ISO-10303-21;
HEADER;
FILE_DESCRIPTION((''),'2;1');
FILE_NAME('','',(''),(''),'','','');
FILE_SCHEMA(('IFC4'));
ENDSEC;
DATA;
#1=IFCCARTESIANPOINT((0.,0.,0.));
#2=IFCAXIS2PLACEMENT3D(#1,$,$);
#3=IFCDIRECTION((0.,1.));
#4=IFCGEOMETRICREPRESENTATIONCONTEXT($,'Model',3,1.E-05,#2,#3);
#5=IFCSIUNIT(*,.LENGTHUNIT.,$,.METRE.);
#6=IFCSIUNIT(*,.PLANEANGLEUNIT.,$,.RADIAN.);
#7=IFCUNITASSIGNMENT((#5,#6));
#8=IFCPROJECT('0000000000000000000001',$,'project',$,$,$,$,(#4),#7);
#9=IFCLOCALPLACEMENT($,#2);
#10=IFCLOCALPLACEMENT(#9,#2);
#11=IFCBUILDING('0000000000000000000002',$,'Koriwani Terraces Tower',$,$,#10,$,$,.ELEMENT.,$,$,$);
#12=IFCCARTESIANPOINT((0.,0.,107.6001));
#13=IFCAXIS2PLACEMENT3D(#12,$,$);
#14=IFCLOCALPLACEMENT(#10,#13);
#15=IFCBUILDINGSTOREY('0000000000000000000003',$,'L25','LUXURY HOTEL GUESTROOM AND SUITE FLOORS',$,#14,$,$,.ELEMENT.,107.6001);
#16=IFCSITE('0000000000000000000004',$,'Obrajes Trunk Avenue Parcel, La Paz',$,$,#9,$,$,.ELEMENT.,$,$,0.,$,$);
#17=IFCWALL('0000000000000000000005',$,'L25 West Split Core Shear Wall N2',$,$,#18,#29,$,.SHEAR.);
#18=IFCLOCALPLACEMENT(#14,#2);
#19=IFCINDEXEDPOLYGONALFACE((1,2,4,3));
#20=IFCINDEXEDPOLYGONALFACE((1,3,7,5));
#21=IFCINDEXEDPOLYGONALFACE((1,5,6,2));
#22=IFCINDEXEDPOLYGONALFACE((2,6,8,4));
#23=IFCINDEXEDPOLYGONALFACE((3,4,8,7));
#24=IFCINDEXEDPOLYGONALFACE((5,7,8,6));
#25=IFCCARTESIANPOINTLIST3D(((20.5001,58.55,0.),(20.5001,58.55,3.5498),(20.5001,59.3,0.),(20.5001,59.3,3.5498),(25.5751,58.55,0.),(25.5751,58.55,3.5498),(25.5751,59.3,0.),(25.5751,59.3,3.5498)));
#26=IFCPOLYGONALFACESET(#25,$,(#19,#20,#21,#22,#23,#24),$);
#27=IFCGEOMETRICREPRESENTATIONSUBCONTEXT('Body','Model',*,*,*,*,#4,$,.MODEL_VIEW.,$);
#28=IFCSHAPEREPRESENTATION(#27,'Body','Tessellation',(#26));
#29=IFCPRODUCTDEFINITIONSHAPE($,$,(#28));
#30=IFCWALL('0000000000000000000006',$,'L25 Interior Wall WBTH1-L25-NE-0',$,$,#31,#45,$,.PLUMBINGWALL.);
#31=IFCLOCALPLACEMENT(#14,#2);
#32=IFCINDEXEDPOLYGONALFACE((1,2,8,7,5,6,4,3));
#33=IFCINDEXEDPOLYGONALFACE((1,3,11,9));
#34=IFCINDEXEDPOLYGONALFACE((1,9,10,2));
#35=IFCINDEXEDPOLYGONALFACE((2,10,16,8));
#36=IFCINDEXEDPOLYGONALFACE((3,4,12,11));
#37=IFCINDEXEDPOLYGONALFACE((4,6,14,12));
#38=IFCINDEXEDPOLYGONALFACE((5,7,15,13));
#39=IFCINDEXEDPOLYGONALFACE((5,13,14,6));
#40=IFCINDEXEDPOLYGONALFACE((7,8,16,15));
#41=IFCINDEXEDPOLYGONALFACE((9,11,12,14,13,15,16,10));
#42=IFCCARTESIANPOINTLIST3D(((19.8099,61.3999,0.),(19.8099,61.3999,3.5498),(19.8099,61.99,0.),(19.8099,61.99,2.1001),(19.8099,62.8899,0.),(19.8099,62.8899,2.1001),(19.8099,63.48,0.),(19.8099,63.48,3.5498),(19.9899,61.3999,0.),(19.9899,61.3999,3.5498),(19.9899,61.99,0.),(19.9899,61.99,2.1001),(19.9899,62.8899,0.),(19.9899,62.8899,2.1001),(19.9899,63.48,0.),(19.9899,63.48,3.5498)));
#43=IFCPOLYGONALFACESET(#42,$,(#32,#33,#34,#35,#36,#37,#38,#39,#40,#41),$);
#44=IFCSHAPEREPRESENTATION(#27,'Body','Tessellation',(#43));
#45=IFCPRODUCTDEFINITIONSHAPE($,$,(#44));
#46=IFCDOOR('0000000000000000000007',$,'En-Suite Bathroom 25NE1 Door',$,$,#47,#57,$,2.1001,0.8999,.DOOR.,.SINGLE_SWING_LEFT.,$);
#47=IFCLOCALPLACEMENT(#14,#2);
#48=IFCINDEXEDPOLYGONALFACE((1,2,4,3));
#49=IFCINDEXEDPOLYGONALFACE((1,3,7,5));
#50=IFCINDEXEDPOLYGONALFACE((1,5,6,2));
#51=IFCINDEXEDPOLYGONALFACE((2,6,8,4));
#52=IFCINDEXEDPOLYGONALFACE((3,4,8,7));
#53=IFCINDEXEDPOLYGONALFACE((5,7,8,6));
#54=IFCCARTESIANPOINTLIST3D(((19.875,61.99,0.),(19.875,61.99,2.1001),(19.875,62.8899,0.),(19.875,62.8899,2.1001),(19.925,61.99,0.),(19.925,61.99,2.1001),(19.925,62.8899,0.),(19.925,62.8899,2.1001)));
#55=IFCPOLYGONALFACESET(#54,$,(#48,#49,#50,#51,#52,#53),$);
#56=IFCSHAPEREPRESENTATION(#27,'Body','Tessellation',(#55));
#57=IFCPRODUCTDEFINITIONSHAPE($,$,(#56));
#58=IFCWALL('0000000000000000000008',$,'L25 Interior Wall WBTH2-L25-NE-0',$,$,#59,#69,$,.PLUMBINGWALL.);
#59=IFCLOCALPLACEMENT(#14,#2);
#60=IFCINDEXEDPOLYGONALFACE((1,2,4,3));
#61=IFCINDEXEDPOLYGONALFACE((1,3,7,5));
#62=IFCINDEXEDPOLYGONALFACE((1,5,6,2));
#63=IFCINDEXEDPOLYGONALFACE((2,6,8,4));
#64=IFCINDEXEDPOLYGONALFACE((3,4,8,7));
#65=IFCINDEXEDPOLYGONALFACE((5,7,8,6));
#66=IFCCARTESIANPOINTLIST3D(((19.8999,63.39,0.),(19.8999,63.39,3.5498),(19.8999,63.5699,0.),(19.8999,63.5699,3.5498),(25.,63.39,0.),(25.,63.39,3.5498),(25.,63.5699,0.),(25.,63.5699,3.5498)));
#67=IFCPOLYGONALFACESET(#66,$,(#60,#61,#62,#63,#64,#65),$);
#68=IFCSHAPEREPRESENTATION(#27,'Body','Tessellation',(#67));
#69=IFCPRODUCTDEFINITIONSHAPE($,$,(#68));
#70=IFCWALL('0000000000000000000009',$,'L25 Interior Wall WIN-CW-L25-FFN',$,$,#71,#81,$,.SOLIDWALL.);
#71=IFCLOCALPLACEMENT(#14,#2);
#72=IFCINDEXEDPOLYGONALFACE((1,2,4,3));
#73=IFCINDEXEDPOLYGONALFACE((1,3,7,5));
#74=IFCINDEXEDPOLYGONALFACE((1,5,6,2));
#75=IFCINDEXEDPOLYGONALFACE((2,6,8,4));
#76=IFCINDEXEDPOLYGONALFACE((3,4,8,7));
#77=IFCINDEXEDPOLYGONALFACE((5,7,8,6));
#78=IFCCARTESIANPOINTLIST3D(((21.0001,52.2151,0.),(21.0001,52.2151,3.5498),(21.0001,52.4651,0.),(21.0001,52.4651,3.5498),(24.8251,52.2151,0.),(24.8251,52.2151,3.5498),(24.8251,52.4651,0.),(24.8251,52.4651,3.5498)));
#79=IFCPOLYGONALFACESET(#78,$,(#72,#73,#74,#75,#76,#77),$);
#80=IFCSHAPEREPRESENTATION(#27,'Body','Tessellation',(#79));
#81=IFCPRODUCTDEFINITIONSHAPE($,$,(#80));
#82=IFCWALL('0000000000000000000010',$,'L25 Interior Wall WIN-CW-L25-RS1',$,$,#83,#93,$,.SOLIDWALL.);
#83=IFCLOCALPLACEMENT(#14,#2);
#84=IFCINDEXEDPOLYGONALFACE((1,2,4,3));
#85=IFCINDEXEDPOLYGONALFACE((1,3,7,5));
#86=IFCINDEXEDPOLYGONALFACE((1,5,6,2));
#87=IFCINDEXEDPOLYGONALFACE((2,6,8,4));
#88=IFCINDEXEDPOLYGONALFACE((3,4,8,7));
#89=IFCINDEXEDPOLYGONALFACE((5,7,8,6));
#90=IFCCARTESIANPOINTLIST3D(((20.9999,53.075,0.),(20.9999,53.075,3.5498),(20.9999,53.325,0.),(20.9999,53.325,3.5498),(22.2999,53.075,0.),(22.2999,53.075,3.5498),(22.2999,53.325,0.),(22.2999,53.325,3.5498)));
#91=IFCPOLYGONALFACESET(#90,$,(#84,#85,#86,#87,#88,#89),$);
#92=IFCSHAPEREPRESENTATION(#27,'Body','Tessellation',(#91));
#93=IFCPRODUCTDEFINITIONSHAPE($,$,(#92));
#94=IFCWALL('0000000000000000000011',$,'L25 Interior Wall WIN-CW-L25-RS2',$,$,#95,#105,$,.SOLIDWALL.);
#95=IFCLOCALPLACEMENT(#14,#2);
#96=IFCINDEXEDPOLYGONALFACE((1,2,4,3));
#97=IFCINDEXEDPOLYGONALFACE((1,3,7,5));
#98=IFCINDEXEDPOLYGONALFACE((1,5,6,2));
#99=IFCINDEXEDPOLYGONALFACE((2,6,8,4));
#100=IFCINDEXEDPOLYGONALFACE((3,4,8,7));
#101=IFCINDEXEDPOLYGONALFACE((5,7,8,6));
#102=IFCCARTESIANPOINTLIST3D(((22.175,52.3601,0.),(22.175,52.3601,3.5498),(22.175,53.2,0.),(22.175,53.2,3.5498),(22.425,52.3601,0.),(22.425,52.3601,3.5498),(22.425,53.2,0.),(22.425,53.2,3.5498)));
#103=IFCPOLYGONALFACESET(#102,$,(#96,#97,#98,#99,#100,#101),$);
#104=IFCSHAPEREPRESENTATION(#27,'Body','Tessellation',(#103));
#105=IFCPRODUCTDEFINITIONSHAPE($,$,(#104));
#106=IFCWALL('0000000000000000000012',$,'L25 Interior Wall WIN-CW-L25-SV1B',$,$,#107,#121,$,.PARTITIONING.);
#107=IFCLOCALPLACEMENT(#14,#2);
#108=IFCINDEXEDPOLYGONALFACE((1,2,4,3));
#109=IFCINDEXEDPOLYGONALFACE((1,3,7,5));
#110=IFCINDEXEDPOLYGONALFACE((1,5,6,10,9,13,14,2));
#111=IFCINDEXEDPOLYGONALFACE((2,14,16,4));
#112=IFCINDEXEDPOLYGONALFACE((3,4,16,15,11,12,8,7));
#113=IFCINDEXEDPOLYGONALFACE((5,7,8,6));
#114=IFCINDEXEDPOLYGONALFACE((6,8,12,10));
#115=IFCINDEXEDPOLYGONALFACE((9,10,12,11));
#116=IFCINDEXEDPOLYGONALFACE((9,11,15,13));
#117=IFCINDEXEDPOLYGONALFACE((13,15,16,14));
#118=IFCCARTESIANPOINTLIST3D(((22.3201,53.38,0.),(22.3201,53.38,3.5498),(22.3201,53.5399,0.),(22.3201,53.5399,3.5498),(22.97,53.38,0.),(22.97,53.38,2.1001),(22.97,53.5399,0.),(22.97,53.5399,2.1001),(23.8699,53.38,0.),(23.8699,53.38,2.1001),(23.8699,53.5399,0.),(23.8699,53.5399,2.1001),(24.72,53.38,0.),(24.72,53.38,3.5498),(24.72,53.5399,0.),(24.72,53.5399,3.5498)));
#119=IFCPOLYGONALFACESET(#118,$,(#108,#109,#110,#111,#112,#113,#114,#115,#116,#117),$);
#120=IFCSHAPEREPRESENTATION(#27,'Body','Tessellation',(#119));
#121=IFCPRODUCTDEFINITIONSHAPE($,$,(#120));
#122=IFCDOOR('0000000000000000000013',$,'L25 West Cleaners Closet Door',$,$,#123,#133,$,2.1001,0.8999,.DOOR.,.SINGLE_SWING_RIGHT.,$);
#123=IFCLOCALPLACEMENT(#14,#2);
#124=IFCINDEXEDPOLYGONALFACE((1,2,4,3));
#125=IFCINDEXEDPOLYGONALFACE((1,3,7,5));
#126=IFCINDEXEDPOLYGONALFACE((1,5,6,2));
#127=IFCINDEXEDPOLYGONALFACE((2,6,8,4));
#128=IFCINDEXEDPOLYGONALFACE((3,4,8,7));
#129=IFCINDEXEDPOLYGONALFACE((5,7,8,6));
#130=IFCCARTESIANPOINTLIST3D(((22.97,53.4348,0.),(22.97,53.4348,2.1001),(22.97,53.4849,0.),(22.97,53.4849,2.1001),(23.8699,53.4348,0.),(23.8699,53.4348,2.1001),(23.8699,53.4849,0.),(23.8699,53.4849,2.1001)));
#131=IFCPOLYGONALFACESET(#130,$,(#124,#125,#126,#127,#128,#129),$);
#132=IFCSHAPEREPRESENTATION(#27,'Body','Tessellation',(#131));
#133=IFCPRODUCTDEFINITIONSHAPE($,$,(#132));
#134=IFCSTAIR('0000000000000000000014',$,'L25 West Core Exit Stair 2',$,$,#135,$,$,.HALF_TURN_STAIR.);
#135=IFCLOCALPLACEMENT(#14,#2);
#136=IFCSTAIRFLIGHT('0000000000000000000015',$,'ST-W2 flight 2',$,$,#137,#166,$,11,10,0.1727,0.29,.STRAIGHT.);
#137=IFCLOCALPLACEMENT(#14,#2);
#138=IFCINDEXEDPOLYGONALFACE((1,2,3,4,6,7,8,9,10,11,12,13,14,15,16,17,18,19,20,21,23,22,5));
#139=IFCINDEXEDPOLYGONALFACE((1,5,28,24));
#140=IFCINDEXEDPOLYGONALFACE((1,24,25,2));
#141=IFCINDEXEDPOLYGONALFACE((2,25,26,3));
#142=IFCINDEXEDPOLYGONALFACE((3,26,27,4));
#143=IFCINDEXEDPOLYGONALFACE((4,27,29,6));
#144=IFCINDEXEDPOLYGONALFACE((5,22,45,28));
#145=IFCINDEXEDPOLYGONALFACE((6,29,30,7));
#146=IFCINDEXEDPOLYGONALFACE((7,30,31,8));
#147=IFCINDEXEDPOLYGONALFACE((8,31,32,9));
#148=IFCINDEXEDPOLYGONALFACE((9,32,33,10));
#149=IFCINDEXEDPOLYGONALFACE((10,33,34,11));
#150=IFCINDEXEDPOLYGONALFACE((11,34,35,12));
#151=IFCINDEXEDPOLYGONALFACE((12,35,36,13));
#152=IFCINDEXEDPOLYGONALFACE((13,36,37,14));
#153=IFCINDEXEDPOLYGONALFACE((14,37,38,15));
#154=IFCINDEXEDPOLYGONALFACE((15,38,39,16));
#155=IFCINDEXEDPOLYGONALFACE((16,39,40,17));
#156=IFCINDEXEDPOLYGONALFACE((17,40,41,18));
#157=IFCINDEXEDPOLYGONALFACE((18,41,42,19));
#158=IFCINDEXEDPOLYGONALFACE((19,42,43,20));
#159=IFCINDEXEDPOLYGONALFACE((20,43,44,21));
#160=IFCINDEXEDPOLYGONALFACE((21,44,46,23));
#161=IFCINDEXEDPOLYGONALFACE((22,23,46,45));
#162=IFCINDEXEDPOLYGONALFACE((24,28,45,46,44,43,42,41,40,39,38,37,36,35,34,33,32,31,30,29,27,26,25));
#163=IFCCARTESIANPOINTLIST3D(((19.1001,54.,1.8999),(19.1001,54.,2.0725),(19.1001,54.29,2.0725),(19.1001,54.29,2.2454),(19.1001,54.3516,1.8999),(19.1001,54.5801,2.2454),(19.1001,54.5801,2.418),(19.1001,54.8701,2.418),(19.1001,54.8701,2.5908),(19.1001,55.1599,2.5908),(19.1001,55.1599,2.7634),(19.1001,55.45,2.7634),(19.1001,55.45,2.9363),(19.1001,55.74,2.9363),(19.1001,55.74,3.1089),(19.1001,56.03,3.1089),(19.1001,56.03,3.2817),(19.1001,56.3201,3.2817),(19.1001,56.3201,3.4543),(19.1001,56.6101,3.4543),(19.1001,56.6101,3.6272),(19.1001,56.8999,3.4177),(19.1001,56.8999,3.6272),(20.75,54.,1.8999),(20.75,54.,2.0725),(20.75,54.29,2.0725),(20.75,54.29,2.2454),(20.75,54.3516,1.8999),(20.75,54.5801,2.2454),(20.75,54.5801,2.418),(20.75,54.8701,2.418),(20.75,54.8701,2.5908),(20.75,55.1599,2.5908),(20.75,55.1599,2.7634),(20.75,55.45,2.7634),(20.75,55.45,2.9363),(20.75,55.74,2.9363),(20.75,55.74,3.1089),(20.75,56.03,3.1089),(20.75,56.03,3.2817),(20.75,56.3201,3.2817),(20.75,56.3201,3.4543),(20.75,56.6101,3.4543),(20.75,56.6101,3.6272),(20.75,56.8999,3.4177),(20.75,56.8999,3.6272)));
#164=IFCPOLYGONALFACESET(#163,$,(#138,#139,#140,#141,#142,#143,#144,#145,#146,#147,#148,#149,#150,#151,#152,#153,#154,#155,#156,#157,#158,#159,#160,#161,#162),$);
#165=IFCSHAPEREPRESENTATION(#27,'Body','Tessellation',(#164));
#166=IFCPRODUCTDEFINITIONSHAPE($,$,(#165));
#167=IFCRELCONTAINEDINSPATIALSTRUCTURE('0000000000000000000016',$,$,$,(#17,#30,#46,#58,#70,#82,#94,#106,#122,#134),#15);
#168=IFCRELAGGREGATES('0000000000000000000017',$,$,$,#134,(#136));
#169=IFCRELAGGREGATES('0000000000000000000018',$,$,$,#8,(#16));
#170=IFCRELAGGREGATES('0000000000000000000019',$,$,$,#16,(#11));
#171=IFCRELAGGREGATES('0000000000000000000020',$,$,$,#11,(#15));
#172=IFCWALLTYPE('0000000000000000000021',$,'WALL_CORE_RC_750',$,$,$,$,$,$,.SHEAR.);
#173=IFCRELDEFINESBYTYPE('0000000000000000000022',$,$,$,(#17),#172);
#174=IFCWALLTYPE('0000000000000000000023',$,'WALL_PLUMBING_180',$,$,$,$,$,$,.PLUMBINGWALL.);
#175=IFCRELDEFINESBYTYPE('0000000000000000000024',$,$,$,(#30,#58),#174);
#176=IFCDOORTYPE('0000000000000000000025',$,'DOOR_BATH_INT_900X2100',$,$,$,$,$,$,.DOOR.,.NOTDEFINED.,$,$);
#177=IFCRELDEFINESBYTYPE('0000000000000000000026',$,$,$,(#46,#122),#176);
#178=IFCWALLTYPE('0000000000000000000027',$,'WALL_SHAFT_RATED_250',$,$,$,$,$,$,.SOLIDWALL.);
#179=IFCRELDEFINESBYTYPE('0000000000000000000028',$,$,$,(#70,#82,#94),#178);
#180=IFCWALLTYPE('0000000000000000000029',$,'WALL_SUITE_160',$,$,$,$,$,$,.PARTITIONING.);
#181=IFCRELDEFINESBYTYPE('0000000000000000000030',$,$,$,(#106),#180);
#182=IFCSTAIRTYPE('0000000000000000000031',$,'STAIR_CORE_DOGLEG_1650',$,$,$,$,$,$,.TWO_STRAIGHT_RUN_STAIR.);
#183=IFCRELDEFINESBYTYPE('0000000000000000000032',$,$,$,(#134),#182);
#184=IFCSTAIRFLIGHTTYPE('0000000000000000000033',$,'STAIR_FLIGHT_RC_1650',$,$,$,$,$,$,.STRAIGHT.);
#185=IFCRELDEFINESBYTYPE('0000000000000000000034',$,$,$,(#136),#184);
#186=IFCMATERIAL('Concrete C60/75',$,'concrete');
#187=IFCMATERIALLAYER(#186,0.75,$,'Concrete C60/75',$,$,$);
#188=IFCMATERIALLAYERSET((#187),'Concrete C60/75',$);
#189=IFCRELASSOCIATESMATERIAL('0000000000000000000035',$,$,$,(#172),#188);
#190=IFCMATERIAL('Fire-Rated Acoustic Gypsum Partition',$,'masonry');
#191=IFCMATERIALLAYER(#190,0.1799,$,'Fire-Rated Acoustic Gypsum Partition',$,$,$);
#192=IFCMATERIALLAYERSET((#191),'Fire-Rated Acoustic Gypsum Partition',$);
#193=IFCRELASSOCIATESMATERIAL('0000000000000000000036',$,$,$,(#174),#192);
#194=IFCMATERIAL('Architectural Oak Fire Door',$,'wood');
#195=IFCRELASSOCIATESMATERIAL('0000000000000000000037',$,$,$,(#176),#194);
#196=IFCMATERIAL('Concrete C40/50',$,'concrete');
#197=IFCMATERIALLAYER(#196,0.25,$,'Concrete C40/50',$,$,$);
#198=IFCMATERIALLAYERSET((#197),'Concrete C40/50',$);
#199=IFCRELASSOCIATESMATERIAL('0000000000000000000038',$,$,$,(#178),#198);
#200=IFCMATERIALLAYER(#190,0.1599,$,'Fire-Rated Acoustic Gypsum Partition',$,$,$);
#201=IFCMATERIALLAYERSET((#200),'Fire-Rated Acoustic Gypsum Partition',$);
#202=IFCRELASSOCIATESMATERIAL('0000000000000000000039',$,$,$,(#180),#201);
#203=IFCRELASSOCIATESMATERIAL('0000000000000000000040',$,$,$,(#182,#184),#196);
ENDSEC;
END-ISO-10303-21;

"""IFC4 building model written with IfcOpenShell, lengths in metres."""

from ifc_helpers import new_model, si_unit, direction, frame, frame_2d, origin, place, context, subcontext, project, spatial, polyline, rectangle, outline, extrude, material, layer, layer_set, type_object, element, fill, aggregate, save


model = new_model("IFC4")

# Units and contexts
model_context = context("Model", 3, precision=1e-05, world=origin(), true_north=direction((0.0, 1.0)))
body_context = subcontext(model_context, "Body", "Model", "MODEL_VIEW")
ifc_project = project(units=[si_unit("LENGTHUNIT", "METRE"), si_unit("PLANEANGLEUNIT", "RADIAN")], contexts=[model_context])

# Site, building, storey
site_placement = place(None, origin())
site = spatial("IfcSite", under=ifc_project, at=site_placement, Name="Obrajes Trunk Avenue Parcel, La Paz", CompositionType="ELEMENT", RefElevation=0.0)
building_placement = place(site_placement, origin())
building = spatial("IfcBuilding", under=site, at=building_placement, Name="Koriwani Terraces Tower", CompositionType="ELEMENT")
storey_placement = place(building_placement, frame((0.0, 0.0, 107.6001)))
storey = spatial("IfcBuildingStorey", under=building, at=storey_placement, Name="L25", Description="LUXURY HOTEL GUESTROOM AND SUITE FLOORS", CompositionType="ELEMENT", Elevation=107.6001)

# Wall
ifc_material_1 = material(Name="Concrete C60/75", Category="concrete")
ifc_layer_1 = layer(ifc_material_1, 0.75, Name="Concrete C60/75")
ifc_layer_set_1 = layer_set([ifc_layer_1], Name="Concrete C60/75")
wall_type_1 = type_object("IfcWallType", Name="WALL_CORE_RC_750", PredefinedType="SHEAR", material=ifc_layer_set_1)
wall_1_placement = place(storey_placement, frame((20.5, 58.925, 0.0), z_axis=(0.0, 0.0, 1.0), x_axis=(1.0, 0.0, 0.0)))
element("IfcWall", 1, at=wall_1_placement, inside=storey, type_object=wall_type_1, Name="L25 West Split Core Shear Wall N2", PredefinedType="SHEAR", context=body_context, shape_type="SweptSolid", body=[
    extrude(rectangle(XDim=5.075, YDim=0.75, at=frame_2d((2.5376, 0.0))), origin(), (0.0, 0.0, 1.0), 3.5498),
])

# Wall, opening, door
ifc_material_2 = material(Name="Fire-Rated Acoustic Gypsum Partition", Category="masonry")
ifc_layer_2 = layer(ifc_material_2, 0.1799, Name="Fire-Rated Acoustic Gypsum Partition")
ifc_layer_set_2 = layer_set([ifc_layer_2], Name="Fire-Rated Acoustic Gypsum Partition")
wall_type_2 = type_object("IfcWallType", Name="WALL_PLUMBING_180", PredefinedType="PLUMBINGWALL", material=ifc_layer_set_2)
wall_2_placement = place(storey_placement, frame((19.8999, 61.3999, 0.0), z_axis=(0.0, 0.0, 1.0), x_axis=(0.0, 1.0, 0.0)))
wall_2 = element("IfcWall", 2, at=wall_2_placement, inside=storey, type_object=wall_type_2, Name="L25 Interior Wall WBTH1-L25-NE-0", PredefinedType="PLUMBINGWALL", context=body_context, shape_type="SweptSolid", body=[
    extrude(rectangle(XDim=2.0801, YDim=0.1799, at=frame_2d((1.04, 0.0))), origin(), (0.0, 0.0, 1.0), 3.5498),
])
opening_1_placement = place(wall_2_placement, frame((0.5901, 0.0, 0.0)))
opening_1 = element("IfcOpeningElement", 3, at=opening_1_placement, cuts=wall_2, PredefinedType="OPENING", context=body_context, shape_type="SweptSolid", body=[
    extrude(rectangle(XDim=0.8999, YDim=2.1001, at=frame_2d((0.45, 1.05))), frame((0.0, 0.1001, 0.0), z_axis=(0.0, -1.0, 0.0), x_axis=(1.0, 0.0, 0.0)), (0.0, 0.0, 1.0), 0.2),
])
ifc_material_3 = material(Name="Architectural Oak Fire Door", Category="wood")
door_type_1 = type_object("IfcDoorType", Name="DOOR_BATH_INT_900X2100", OperationType="NOTDEFINED", PredefinedType="DOOR", material=ifc_material_3)
door_1_placement = place(opening_1_placement, origin())
door_1 = element("IfcDoor", 4, at=door_1_placement, inside=storey, type_object=door_type_1, Name="En-Suite Bathroom 25NE1 Door", OperationType="SINGLE_SWING_LEFT", OverallHeight=2.1001, OverallWidth=0.8999, PredefinedType="DOOR", context=body_context, shape_type="SweptSolid", body=[
    extrude(rectangle(XDim=0.8999, YDim=2.1001, at=frame_2d((0.45, 1.05))), frame((0.0, 0.0249, 0.0), z_axis=(0.0, -1.0, 0.0), x_axis=(1.0, 0.0, 0.0)), (0.0, 0.0, 1.0), 0.05),
])
fill(opening_1, door_1)

# Walls
wall_3_placement = place(storey_placement, frame((19.8999, 63.48, 0.0), z_axis=(0.0, 0.0, 1.0), x_axis=(1.0, 0.0, 0.0)))
element("IfcWall", 5, at=wall_3_placement, inside=storey, type_object=wall_type_2, Name="L25 Interior Wall WBTH2-L25-NE-0", PredefinedType="PLUMBINGWALL", context=body_context, shape_type="SweptSolid", body=[
    extrude(rectangle(XDim=5.1001, YDim=0.1799, at=frame_2d((2.55, 0.0))), origin(), (0.0, 0.0, 1.0), 3.5498),
])
ifc_material_4 = material(Name="Concrete C40/50", Category="concrete")
ifc_layer_3 = layer(ifc_material_4, 0.25, Name="Concrete C40/50")
ifc_layer_set_3 = layer_set([ifc_layer_3], Name="Concrete C40/50")
wall_type_3 = type_object("IfcWallType", Name="WALL_SHAFT_RATED_250", PredefinedType="SOLIDWALL", material=ifc_layer_set_3)
wall_4_placement = place(storey_placement, frame((21.0, 52.3401, 0.0), z_axis=(0.0, 0.0, 1.0), x_axis=(1.0, 0.0, 0.0)))
element("IfcWall", 6, at=wall_4_placement, inside=storey, type_object=wall_type_3, Name="L25 Interior Wall WIN-CW-L25-FFN", PredefinedType="SOLIDWALL", context=body_context, shape_type="SweptSolid", body=[
    extrude(rectangle(XDim=3.825, YDim=0.25, at=frame_2d((1.9126, 0.0))), origin(), (0.0, 0.0, 1.0), 3.5498),
])

# Walls
wall_5_placement = place(storey_placement, frame((21.0, 53.2, 0.0), z_axis=(0.0, 0.0, 1.0), x_axis=(1.0, 0.0, 0.0)))
element("IfcWall", 7, at=wall_5_placement, inside=storey, type_object=wall_type_3, Name="L25 Interior Wall WIN-CW-L25-RS1", PredefinedType="SOLIDWALL", context=body_context, shape_type="SweptSolid", body=[
    extrude(rectangle(XDim=1.3, YDim=0.25, at=frame_2d((0.6499, 0.0))), origin(), (0.0, 0.0, 1.0), 3.5498),
])
wall_6_placement = place(storey_placement, frame((22.3, 52.3601, 0.0), z_axis=(0.0, 0.0, 1.0), x_axis=(0.0, 1.0, 0.0)))
element("IfcWall", 8, at=wall_6_placement, inside=storey, type_object=wall_type_3, Name="L25 Interior Wall WIN-CW-L25-RS2", PredefinedType="SOLIDWALL", context=body_context, shape_type="SweptSolid", body=[
    extrude(rectangle(XDim=0.8398, YDim=0.25, at=frame_2d((0.4199, 0.0))), origin(), (0.0, 0.0, 1.0), 3.5498),
])

# Wall, opening, door
ifc_layer_4 = layer(ifc_material_2, 0.1599, Name="Fire-Rated Acoustic Gypsum Partition")
ifc_layer_set_4 = layer_set([ifc_layer_4], Name="Fire-Rated Acoustic Gypsum Partition")
wall_type_4 = type_object("IfcWallType", Name="WALL_SUITE_160", PredefinedType="PARTITIONING", material=ifc_layer_set_4)
wall_7_placement = place(storey_placement, frame((22.3201, 53.46, 0.0), z_axis=(0.0, 0.0, 1.0), x_axis=(1.0, 0.0, 0.0)))
wall_7 = element("IfcWall", 9, at=wall_7_placement, inside=storey, type_object=wall_type_4, Name="L25 Interior Wall WIN-CW-L25-SV1B", PredefinedType="PARTITIONING", context=body_context, shape_type="SweptSolid", body=[
    extrude(rectangle(XDim=2.3999, YDim=0.1599, at=frame_2d((1.2, 0.0))), origin(), (0.0, 0.0, 1.0), 3.5498),
])
opening_2_placement = place(wall_7_placement, frame((0.6499, 0.0, 0.0)))
opening_2 = element("IfcOpeningElement", 10, at=opening_2_placement, cuts=wall_7, PredefinedType="OPENING", context=body_context, shape_type="SweptSolid", body=[
    extrude(rectangle(XDim=0.8999, YDim=2.1001, at=frame_2d((0.45, 1.05))), frame((0.0, 0.0898, 0.0), z_axis=(0.0, -1.0, 0.0), x_axis=(1.0, 0.0, 0.0)), (0.0, 0.0, 1.0), 0.1799),
])
door_2_placement = place(opening_2_placement, origin())
door_2 = element("IfcDoor", 11, at=door_2_placement, inside=storey, type_object=door_type_1, Name="L25 West Cleaners Closet Door", OperationType="SINGLE_SWING_RIGHT", OverallHeight=2.1001, OverallWidth=0.8999, PredefinedType="DOOR", context=body_context, shape_type="SweptSolid", body=[
    extrude(rectangle(XDim=0.8999, YDim=2.1001, at=frame_2d((0.45, 1.05))), frame((0.0, 0.0249, 0.0), z_axis=(0.0, -1.0, 0.0), x_axis=(1.0, 0.0, 0.0)), (0.0, 0.0, 1.0), 0.05),
])
fill(opening_2, door_2)

# Stair, stair flight
stair_type = type_object("IfcStairType", Name="STAIR_CORE_DOGLEG_1650", PredefinedType="TWO_STRAIGHT_RUN_STAIR", material=ifc_material_4)
stair_placement = place(storey_placement, origin())
stair = element("IfcStair", 12, at=stair_placement, inside=storey, type_object=stair_type, Name="L25 West Core Exit Stair 2", PredefinedType="HALF_TURN_STAIR")
stair_flight_type = type_object("IfcStairFlightType", Name="STAIR_FLIGHT_RC_1650", PredefinedType="STRAIGHT", material=ifc_material_4)
stair_flight_placement = place(storey_placement, frame((19.925, 54.0, 1.8999), z_axis=(0.0, 0.0, 1.0), x_axis=(0.0, 1.0, 0.0)))
stair_flight = element("IfcStairFlight", 13, at=stair_flight_placement, type_object=stair_flight_type, Name="ST-W2 flight 2", NumberOfRisers=11, NumberOfTreads=10, PredefinedType="STRAIGHT", RiserHeight=0.1727, TreadLength=0.29, context=body_context, shape_type="SweptSolid", body=[
    extrude(outline(polyline([(0.0, 0.0), (0.0, 0.1726), (0.29, 0.1726), (0.29, 0.3455), (0.5801, 0.3455), (0.5801, 0.5181), (0.8701, 0.5181), (0.8701, 0.6909), (1.1599, 0.6909), (1.1599, 0.8635), (1.45, 0.8635), (1.45, 1.0364), (1.74, 1.0364), (1.74, 1.209), (2.03, 1.209), (2.03, 1.3818), (2.3201, 1.3818), (2.3201, 1.5544), (2.6101, 1.5544), (2.6101, 1.7273), (2.8999, 1.7273), (2.8999, 1.8999), (2.8999, 1.5178), (0.3516, 0.0), (0.0, 0.0)])), frame((0.0, 0.825, 0.0), z_axis=(0.0, -1.0, 0.0), x_axis=(1.0, 0.0, 0.0)), (0.0, 0.0, 1.0), 1.6499),
])
aggregate(stair, [stair_flight])

save(model, "model.ifc")
